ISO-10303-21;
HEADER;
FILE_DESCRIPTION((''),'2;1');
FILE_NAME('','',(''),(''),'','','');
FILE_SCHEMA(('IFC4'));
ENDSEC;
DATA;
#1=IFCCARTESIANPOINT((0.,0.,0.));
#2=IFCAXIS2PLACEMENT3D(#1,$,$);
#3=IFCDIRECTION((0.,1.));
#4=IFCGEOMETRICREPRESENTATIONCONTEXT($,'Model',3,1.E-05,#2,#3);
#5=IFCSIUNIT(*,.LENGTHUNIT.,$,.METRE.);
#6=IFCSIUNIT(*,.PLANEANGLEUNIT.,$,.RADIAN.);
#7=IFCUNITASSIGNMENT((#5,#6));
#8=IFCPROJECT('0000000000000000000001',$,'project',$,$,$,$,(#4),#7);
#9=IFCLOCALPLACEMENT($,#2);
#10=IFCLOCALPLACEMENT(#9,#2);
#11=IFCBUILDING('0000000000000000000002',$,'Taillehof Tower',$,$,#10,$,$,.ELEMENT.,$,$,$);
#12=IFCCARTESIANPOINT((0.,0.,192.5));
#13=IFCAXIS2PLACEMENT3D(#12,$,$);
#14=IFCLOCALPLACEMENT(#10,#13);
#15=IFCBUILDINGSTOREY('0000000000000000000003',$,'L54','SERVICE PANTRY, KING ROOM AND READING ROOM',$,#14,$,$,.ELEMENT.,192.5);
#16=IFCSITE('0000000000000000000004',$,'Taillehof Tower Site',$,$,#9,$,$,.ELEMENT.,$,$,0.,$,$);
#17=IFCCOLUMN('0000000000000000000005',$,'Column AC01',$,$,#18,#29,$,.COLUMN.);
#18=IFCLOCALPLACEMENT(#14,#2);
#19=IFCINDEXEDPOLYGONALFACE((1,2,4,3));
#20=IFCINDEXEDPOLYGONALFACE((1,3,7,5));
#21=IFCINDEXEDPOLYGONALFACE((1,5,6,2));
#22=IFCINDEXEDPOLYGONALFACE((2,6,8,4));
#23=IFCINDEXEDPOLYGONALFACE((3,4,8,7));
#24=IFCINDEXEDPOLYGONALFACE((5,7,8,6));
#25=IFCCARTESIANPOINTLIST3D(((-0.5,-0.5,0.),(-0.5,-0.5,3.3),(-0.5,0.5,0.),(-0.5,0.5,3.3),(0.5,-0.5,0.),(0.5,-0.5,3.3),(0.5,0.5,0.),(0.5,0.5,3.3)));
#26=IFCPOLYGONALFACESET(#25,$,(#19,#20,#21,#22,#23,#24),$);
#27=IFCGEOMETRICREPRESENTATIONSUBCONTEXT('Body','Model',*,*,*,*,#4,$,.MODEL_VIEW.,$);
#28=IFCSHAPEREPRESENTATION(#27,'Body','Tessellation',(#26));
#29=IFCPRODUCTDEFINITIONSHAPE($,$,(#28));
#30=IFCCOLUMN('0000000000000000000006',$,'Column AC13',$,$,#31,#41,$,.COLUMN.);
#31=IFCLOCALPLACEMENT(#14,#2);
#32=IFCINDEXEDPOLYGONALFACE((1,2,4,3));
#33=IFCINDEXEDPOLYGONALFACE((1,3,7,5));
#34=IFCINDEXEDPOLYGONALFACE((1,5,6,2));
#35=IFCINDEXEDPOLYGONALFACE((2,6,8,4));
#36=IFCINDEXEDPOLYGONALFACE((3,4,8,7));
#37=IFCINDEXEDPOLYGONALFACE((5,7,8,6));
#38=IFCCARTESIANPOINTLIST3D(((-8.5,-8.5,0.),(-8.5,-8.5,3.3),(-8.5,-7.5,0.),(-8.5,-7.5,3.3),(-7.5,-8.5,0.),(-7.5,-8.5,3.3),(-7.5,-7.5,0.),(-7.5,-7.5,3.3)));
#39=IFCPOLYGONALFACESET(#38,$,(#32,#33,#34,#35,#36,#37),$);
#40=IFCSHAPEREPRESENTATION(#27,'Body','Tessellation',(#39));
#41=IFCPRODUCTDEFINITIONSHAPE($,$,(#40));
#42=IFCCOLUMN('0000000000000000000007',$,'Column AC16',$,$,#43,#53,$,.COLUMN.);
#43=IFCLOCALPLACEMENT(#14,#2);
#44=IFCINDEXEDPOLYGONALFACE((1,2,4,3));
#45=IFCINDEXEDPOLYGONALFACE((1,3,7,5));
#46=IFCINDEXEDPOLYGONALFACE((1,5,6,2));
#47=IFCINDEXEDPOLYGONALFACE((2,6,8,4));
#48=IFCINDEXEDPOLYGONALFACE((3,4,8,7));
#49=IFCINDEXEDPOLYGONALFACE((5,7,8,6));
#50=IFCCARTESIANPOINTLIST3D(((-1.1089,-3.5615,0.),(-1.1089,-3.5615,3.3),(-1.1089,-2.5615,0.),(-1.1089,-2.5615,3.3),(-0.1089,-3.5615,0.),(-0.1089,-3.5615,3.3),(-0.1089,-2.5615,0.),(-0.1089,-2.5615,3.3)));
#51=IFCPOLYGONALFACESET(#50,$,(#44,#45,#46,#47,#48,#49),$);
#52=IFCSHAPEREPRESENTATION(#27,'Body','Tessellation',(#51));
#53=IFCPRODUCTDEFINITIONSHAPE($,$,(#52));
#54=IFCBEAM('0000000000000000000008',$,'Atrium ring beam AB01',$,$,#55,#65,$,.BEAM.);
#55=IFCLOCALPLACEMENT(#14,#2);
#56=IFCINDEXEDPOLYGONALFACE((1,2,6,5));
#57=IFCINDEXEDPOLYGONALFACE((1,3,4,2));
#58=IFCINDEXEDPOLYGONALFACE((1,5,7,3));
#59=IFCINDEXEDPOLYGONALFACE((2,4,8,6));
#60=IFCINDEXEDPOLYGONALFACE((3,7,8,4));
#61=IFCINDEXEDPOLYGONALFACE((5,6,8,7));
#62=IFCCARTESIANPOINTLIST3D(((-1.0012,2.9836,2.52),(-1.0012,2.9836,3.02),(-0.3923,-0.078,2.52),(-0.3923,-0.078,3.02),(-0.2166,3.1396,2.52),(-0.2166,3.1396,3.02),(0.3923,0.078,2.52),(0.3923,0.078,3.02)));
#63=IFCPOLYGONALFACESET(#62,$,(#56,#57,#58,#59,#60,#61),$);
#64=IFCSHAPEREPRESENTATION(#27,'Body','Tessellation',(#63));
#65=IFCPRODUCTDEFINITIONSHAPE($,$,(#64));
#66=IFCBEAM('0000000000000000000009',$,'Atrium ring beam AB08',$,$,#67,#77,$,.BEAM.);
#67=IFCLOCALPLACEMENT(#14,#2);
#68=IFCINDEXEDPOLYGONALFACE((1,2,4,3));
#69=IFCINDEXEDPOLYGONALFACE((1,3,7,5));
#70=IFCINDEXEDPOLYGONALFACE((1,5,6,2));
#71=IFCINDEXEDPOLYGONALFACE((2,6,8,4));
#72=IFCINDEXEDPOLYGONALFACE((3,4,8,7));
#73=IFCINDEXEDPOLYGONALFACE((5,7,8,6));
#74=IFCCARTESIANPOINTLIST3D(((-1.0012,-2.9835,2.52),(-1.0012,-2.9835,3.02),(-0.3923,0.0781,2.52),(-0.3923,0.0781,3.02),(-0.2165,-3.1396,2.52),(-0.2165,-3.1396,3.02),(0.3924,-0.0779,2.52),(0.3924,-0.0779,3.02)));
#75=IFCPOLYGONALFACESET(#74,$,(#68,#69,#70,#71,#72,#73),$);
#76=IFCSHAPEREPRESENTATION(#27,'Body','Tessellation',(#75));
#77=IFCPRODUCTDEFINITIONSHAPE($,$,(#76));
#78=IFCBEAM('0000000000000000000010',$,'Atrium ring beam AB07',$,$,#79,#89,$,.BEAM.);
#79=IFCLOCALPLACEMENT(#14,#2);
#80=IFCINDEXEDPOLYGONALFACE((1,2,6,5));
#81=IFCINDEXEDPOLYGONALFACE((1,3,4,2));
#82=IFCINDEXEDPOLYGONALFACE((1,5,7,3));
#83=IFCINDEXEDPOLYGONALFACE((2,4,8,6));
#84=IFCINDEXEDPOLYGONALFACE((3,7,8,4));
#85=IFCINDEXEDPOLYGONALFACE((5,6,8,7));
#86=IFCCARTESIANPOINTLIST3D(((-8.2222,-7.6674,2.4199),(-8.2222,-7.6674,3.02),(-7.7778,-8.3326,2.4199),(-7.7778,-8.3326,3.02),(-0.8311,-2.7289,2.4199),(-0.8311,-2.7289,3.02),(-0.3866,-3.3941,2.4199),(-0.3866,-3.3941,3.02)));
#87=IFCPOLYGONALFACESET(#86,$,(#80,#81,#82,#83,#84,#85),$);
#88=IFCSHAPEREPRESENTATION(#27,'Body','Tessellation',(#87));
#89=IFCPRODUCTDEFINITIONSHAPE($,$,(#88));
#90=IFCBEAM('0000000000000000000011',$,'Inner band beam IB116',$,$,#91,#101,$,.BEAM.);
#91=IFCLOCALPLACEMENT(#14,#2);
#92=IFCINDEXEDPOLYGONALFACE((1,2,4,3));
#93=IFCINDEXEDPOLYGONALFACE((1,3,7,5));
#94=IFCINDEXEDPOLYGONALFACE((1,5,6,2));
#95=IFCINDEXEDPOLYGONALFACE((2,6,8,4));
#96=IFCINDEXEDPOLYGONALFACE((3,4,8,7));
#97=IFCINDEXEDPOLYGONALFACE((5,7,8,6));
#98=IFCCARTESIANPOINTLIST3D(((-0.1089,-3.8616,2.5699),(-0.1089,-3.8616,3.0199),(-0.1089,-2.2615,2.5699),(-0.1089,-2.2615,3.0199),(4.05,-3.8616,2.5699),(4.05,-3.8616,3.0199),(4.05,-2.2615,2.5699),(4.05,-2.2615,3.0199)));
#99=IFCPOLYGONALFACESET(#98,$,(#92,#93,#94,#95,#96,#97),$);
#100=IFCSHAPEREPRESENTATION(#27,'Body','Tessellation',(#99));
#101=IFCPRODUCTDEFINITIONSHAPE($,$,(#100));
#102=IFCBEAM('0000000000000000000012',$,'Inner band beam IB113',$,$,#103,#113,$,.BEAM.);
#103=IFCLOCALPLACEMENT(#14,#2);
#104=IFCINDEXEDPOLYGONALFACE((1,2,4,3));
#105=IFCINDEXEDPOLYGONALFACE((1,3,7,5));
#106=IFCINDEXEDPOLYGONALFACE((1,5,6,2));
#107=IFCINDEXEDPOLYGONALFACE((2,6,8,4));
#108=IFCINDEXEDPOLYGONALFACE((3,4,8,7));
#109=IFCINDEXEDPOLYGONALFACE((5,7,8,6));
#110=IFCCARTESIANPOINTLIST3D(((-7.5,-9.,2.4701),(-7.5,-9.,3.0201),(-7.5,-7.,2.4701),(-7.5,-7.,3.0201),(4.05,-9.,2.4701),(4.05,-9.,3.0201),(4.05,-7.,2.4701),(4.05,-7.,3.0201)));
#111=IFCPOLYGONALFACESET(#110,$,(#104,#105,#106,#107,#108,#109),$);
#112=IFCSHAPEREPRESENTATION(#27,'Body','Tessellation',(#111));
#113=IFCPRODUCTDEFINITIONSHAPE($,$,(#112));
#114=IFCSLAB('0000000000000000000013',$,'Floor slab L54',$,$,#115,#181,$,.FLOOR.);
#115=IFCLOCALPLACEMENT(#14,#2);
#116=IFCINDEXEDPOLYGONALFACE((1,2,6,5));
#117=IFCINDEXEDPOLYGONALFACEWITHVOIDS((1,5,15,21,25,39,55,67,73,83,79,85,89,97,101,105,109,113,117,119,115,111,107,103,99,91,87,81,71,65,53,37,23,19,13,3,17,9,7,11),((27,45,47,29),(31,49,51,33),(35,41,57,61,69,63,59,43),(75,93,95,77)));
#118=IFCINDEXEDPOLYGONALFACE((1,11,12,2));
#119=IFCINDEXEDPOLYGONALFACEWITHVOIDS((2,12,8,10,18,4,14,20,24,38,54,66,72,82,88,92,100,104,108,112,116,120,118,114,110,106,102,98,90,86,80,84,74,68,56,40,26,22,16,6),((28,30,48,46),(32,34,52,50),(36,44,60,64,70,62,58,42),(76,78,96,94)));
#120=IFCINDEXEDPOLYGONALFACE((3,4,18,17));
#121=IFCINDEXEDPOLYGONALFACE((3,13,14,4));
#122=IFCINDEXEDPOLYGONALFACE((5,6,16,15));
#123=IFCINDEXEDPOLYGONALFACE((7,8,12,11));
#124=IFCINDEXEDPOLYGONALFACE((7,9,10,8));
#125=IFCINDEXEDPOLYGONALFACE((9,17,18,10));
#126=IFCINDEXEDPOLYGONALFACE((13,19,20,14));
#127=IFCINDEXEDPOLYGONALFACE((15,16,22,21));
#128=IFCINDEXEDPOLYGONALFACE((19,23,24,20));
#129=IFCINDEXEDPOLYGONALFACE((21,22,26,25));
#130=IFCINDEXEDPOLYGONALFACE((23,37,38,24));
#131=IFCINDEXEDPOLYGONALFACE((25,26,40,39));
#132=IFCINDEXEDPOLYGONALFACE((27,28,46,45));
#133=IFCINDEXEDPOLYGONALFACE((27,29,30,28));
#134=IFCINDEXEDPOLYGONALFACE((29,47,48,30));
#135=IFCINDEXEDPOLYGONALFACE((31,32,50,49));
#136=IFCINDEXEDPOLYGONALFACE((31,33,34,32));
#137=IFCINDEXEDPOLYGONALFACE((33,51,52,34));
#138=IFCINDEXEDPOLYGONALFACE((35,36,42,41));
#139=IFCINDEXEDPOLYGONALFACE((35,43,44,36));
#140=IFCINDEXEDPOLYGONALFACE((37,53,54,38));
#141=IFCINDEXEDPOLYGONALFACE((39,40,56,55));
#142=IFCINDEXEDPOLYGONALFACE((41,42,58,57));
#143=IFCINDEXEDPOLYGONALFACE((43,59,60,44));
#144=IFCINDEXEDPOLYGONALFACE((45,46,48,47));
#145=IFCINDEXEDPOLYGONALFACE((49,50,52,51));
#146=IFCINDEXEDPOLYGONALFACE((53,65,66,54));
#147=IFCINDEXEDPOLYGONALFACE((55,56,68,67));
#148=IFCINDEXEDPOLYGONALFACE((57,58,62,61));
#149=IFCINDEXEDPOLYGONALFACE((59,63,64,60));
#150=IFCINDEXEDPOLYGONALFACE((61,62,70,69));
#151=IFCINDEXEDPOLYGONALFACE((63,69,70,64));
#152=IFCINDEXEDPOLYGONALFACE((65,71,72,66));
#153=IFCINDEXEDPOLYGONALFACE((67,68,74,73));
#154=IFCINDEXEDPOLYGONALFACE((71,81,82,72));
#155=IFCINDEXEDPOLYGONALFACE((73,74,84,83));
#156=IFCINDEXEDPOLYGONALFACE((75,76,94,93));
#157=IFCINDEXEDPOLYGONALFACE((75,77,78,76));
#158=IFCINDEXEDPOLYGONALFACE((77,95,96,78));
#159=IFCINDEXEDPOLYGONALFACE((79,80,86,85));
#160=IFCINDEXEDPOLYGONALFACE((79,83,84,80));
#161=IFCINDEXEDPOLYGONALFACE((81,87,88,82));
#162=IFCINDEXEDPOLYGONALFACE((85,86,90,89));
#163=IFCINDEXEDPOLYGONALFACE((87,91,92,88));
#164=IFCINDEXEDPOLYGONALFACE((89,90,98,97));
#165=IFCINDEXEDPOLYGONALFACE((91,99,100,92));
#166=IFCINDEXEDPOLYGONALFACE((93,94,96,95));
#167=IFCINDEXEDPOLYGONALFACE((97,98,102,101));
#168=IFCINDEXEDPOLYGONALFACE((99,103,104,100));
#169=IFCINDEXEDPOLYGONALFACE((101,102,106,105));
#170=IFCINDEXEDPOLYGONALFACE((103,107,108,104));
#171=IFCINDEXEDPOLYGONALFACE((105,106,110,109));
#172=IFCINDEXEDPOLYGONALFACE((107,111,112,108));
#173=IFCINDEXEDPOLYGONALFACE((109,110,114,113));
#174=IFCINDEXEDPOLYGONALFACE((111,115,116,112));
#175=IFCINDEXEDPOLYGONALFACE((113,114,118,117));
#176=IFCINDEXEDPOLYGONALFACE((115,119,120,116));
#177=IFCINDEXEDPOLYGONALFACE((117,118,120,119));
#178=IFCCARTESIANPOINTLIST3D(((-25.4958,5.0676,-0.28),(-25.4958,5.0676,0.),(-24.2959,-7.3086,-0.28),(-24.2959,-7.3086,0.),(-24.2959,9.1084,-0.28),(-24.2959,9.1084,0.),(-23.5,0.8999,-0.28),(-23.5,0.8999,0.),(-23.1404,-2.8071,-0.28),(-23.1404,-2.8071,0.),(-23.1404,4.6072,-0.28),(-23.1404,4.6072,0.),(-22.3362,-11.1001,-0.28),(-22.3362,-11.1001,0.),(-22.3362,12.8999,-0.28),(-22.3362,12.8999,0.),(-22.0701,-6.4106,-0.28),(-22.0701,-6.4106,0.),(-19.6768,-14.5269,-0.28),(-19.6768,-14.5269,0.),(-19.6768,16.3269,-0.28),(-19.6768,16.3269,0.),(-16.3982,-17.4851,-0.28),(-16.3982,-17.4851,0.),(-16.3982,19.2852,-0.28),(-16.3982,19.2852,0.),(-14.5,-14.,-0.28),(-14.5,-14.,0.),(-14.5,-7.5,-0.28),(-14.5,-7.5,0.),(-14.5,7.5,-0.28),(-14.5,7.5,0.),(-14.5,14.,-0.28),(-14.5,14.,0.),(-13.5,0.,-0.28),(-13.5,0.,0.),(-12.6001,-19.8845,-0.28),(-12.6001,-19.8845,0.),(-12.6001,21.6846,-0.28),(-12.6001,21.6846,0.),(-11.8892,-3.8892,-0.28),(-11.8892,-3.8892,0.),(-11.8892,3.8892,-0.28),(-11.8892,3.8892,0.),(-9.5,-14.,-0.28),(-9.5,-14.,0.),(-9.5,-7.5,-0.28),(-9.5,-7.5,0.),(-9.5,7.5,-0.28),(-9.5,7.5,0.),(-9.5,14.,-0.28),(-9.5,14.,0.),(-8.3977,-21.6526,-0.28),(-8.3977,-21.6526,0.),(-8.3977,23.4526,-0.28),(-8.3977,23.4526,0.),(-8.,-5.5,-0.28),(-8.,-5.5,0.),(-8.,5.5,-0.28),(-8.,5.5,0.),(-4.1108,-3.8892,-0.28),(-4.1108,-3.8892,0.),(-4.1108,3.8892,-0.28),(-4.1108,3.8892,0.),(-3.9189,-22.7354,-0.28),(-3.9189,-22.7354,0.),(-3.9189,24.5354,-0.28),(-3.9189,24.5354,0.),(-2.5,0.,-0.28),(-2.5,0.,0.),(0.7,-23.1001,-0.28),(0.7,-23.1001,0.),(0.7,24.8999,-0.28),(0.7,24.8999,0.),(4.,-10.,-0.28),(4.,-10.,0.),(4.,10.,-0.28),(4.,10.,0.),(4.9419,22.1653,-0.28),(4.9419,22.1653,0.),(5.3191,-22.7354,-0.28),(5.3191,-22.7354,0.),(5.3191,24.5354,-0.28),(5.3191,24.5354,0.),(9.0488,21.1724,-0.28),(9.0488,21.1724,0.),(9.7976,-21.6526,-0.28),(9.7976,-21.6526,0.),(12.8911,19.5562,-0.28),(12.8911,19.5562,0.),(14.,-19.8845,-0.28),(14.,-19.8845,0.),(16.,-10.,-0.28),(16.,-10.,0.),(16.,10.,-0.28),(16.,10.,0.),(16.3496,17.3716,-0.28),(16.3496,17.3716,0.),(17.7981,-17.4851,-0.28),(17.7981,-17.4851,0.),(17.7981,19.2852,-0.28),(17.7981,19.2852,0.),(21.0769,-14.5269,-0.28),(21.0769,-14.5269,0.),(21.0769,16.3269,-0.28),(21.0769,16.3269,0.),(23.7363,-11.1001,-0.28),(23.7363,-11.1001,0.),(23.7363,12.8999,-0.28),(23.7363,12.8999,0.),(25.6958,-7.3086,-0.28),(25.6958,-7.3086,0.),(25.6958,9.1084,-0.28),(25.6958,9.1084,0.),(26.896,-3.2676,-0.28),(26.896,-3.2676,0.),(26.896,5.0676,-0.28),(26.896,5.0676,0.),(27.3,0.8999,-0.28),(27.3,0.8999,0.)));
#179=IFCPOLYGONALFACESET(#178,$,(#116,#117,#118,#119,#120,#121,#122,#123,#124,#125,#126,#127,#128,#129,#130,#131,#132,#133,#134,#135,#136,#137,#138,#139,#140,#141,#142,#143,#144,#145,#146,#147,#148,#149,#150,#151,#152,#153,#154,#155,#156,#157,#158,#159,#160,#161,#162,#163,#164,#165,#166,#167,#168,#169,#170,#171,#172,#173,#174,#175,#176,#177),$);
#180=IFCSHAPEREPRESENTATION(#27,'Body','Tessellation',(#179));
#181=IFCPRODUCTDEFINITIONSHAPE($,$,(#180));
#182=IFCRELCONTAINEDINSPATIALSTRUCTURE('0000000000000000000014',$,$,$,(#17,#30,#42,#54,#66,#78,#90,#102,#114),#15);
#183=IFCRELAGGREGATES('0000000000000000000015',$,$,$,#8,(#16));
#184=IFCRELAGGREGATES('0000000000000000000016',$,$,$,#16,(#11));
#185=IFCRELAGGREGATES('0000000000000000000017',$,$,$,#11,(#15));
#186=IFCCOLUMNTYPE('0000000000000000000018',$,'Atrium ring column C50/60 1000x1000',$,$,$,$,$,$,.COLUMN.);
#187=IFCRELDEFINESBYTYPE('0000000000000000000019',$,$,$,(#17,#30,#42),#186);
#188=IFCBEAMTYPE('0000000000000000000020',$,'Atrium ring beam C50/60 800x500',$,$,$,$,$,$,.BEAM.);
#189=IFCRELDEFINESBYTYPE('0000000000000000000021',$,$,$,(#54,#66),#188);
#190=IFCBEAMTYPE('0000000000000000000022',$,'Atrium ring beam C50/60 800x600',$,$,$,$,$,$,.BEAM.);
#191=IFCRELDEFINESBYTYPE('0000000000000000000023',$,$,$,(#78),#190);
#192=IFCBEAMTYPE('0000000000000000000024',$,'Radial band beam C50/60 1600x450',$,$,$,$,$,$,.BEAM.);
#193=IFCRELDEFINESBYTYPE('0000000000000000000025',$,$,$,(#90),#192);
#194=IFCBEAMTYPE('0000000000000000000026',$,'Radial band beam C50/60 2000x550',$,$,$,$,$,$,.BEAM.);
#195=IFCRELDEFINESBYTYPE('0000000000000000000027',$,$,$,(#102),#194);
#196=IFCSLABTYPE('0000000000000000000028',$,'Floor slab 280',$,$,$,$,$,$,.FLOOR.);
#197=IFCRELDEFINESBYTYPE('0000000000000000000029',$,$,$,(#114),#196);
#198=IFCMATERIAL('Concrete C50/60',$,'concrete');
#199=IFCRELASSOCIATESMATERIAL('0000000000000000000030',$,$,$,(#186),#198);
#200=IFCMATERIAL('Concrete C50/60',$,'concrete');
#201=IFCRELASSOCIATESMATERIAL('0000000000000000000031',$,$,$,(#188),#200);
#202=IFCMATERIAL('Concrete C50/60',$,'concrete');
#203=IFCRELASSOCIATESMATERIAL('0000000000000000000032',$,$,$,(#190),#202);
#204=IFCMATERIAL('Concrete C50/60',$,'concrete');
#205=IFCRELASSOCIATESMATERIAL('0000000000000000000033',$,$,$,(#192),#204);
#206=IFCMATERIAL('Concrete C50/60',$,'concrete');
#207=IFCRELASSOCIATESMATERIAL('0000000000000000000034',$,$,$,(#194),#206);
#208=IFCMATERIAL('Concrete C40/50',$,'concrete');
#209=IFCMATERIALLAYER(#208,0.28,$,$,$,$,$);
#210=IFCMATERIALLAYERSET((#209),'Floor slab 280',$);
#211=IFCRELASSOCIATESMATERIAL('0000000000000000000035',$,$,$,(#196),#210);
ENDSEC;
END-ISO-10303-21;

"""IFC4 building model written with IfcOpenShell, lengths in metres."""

from ifc_helpers import new_model, si_unit, direction, frame, origin, origin_2d, place, context, subcontext, project, spatial, polyline, rectangle, outline, extrude, material, layer, layer_set, material_profile, profile_set, type_object, element, save


model = new_model("IFC4")

# Units and contexts
model_context = context("Model", 3, precision=1e-05, world=origin(), true_north=direction((0.0, 1.0)))
body_context = subcontext(model_context, "Body", "Model", "MODEL_VIEW")
ifc_project = project(units=[si_unit("LENGTHUNIT", "METRE"), si_unit("PLANEANGLEUNIT", "RADIAN")], contexts=[model_context])

# Site, building, storey
site_placement = place(None, origin())
site = spatial("IfcSite", under=ifc_project, at=site_placement, Name="Taillehof Tower Site", CompositionType="ELEMENT", RefElevation=0.0)
building_placement = place(site_placement, origin())
building = spatial("IfcBuilding", under=site, at=building_placement, Name="Taillehof Tower", CompositionType="ELEMENT")
storey_placement = place(building_placement, frame((0.0, 0.0, 192.5)))
storey = spatial("IfcBuildingStorey", under=building, at=storey_placement, Name="L54", Description="SERVICE PANTRY, KING ROOM AND READING ROOM", CompositionType="ELEMENT", Elevation=192.5)

# Columns
ifc_material_1 = material(Name="Concrete C50/60", Category="concrete")
ifc_material_profile_1 = material_profile(ifc_material_1, rectangle(XDim=1.0, YDim=1.0, at=origin_2d()), Name="RC 1000x1000")
ifc_profile_set_1 = profile_set([ifc_material_profile_1], Name="Concrete C50/60")
column_type = type_object("IfcColumnType", Name="Atrium ring column C50/60 1000x1000", PredefinedType="COLUMN", material=ifc_profile_set_1)
for number, where, z_axis, x_axis, name in (
    (1, (0.0, 0.0, 0.0), (0.0, 0.0, 1.0), (1.0, 0.0, 0.0), "Column AC01"),
    (2, (-8.0, -8.0, 0.0), (0.0, 0.0, 1.0), (1.0, 0.0, 0.0), "Column AC13"),
    (3, (-0.6089, -3.0615, 0.0), (0.0, 0.0, 1.0), (1.0, 0.0, 0.0), "Column AC16"),
):
    element("IfcColumn", number, at=place(storey_placement, frame(where, z_axis=z_axis, x_axis=x_axis)), inside=storey, type_object=column_type, Name=name, PredefinedType="COLUMN", context=body_context, shape_type="SweptSolid", body=[
        extrude(rectangle(XDim=1.0, YDim=1.0, at=origin_2d()), origin(), (0.0, 0.0, 1.0), 3.3),
    ])

# Beams
ifc_material_2 = material(Name="Concrete C50/60", Category="concrete")
ifc_material_profile_2 = material_profile(ifc_material_2, rectangle(XDim=0.8, YDim=0.5, at=origin_2d()), Name="RC 800x500")
ifc_profile_set_2 = profile_set([ifc_material_profile_2], Name="Concrete C50/60")
beam_type_1 = type_object("IfcBeamType", Name="Atrium ring beam C50/60 800x500", PredefinedType="BEAM", material=ifc_profile_set_2)
for number, where, z_axis, x_axis, name in (
    (4, (0.0, 0.0, 2.77), (-0.195063, 0.980791, 0.0), (-0.980791, -0.195063, 0.0), "Atrium ring beam AB01"),
    (5, (-0.6089, -3.0615, 2.77), (0.195063, 0.980791, 0.0), (-0.980791, 0.195063, 0.0), "Atrium ring beam AB08"),
):
    element("IfcBeam", number, at=place(storey_placement, frame(where, z_axis=z_axis, x_axis=x_axis)), inside=storey, type_object=beam_type_1, Name=name, PredefinedType="BEAM", context=body_context, shape_type="SweptSolid", body=[
        extrude(rectangle(XDim=0.8, YDim=0.5, at=origin_2d()), origin(), (0.0, 0.0, 1.0), 3.1216),
    ])
ifc_material_3 = material(Name="Concrete C50/60", Category="concrete")
ifc_material_profile_3 = material_profile(ifc_material_3, rectangle(XDim=0.8, YDim=0.6001, at=origin_2d()), Name="RC 800x600")
ifc_profile_set_3 = profile_set([ifc_material_profile_3], Name="Concrete C50/60")
beam_type_2 = type_object("IfcBeamType", Name="Atrium ring beam C50/60 800x600", PredefinedType="BEAM", material=ifc_profile_set_3)
beam_1_placement = place(storey_placement, frame((-8.0, -8.0, 2.72), z_axis=(0.831475, 0.555562, 0.0), x_axis=(-0.555562, 0.831475, 0.0)))
element("IfcBeam", 6, at=beam_1_placement, inside=storey, type_object=beam_type_2, Name="Atrium ring beam AB07", PredefinedType="BEAM", context=body_context, shape_type="SweptSolid", body=[
    extrude(rectangle(XDim=0.8, YDim=0.6001, at=origin_2d()), origin(), (0.0, 0.0, 1.0), 8.8892),
])
ifc_material_4 = material(Name="Concrete C50/60", Category="concrete")
ifc_material_profile_4 = material_profile(ifc_material_4, rectangle(XDim=1.6001, YDim=0.45, at=origin_2d()), Name="RC 1600x450")
ifc_profile_set_4 = profile_set([ifc_material_profile_4], Name="Concrete C50/60")
beam_type_3 = type_object("IfcBeamType", Name="Radial band beam C50/60 1600x450", PredefinedType="BEAM", material=ifc_profile_set_4)
beam_2_placement = place(storey_placement, frame((-0.1089, -3.0615, 2.7949), z_axis=(1.0, 0.0, 0.0), x_axis=(0.0, 1.0, 0.0)))
element("IfcBeam", 7, at=beam_2_placement, inside=storey, type_object=beam_type_3, Name="Inner band beam IB116", PredefinedType="BEAM", context=body_context, shape_type="SweptSolid", body=[
    extrude(rectangle(XDim=1.6001, YDim=0.45, at=origin_2d()), origin(), (0.0, 0.0, 1.0), 4.1589),
])
ifc_material_5 = material(Name="Concrete C50/60", Category="concrete")
ifc_material_profile_5 = material_profile(ifc_material_5, rectangle(XDim=2.0, YDim=0.55, at=origin_2d()), Name="RC 2000x550")
ifc_profile_set_5 = profile_set([ifc_material_profile_5], Name="Concrete C50/60")
beam_type_4 = type_object("IfcBeamType", Name="Radial band beam C50/60 2000x550", PredefinedType="BEAM", material=ifc_profile_set_5)
beam_3_placement = place(storey_placement, frame((-7.5, -8.0, 2.7451), z_axis=(1.0, 0.0, 0.0), x_axis=(0.0, 1.0, 0.0)))
element("IfcBeam", 8, at=beam_3_placement, inside=storey, type_object=beam_type_4, Name="Inner band beam IB113", PredefinedType="BEAM", context=body_context, shape_type="SweptSolid", body=[
    extrude(rectangle(XDim=2.0, YDim=0.55, at=origin_2d()), origin(), (0.0, 0.0, 1.0), 11.55),
])

# Slab
ifc_material_6 = material(Name="Concrete C40/50", Category="concrete")
ifc_layer_1 = layer(ifc_material_6, 0.28)
ifc_layer_set_1 = layer_set([ifc_layer_1], Name="Floor slab 280")
slab_type = type_object("IfcSlabType", Name="Floor slab 280", PredefinedType="FLOOR", material=ifc_layer_set_1)
slab_placement = place(storey_placement, frame((0.0, 0.0, -0.28)))
element("IfcSlab", 9, at=slab_placement, inside=storey, type_object=slab_type, Name="Floor slab L54", PredefinedType="FLOOR", context=body_context, shape_type="SweptSolid", body=[
    extrude(outline(polyline([(27.3, 0.8999), (26.896, 5.0676), (25.6958, 9.1084), (23.7363, 12.8999), (21.0769, 16.3269), (17.7981, 19.2852), (16.3496, 17.3716), (12.8911, 19.5562), (9.0488, 21.1724), (4.9419, 22.1653), (5.3191, 24.5354), (0.7, 24.8999), (-3.9189, 24.5354), (-8.3977, 23.4526), (-12.6001, 21.6846), (-16.3982, 19.2852), (-19.6768, 16.3269), (-22.3362, 12.8999), (-24.2959, 9.1084), (-25.4958, 5.0676), (-23.1404, 4.6072), (-23.5, 0.8999), (-23.1404, -2.8071), (-22.0701, -6.4106), (-24.2959, -7.3086), (-22.3362, -11.1001), (-19.6768, -14.5269), (-16.3982, -17.4851), (-12.6001, -19.8845), (-8.3977, -21.6526), (-3.9189, -22.7354), (0.7, -23.1001), (5.3191, -22.7354), (9.7976, -21.6526), (14.0, -19.8845), (17.7981, -17.4851), (21.0769, -14.5269), (23.7363, -11.1001), (25.6958, -7.3086), (26.896, -3.2676), (27.3, 0.8999)]), holes=[polyline([(-14.5, -7.5), (-9.5, -7.5), (-9.5, -14.0), (-14.5, -14.0), (-14.5, -7.5)]), polyline([(-8.0, -5.5), (-11.8892, -3.8892), (-13.5, 0.0), (-11.8892, 3.8892), (-8.0, 5.5), (-4.1108, 3.8892), (-2.5, 0.0), (-4.1108, -3.8892), (-8.0, -5.5)]), polyline([(16.0, 10.0), (16.0, -10.0), (4.0, -10.0), (4.0, 10.0), (16.0, 10.0)]), polyline([(-14.5, 14.0), (-9.5, 14.0), (-9.5, 7.5), (-14.5, 7.5), (-14.5, 14.0)])]), origin(), (0.0, 0.0, 1.0), 0.28),
])

save(model, "model.ifc")
